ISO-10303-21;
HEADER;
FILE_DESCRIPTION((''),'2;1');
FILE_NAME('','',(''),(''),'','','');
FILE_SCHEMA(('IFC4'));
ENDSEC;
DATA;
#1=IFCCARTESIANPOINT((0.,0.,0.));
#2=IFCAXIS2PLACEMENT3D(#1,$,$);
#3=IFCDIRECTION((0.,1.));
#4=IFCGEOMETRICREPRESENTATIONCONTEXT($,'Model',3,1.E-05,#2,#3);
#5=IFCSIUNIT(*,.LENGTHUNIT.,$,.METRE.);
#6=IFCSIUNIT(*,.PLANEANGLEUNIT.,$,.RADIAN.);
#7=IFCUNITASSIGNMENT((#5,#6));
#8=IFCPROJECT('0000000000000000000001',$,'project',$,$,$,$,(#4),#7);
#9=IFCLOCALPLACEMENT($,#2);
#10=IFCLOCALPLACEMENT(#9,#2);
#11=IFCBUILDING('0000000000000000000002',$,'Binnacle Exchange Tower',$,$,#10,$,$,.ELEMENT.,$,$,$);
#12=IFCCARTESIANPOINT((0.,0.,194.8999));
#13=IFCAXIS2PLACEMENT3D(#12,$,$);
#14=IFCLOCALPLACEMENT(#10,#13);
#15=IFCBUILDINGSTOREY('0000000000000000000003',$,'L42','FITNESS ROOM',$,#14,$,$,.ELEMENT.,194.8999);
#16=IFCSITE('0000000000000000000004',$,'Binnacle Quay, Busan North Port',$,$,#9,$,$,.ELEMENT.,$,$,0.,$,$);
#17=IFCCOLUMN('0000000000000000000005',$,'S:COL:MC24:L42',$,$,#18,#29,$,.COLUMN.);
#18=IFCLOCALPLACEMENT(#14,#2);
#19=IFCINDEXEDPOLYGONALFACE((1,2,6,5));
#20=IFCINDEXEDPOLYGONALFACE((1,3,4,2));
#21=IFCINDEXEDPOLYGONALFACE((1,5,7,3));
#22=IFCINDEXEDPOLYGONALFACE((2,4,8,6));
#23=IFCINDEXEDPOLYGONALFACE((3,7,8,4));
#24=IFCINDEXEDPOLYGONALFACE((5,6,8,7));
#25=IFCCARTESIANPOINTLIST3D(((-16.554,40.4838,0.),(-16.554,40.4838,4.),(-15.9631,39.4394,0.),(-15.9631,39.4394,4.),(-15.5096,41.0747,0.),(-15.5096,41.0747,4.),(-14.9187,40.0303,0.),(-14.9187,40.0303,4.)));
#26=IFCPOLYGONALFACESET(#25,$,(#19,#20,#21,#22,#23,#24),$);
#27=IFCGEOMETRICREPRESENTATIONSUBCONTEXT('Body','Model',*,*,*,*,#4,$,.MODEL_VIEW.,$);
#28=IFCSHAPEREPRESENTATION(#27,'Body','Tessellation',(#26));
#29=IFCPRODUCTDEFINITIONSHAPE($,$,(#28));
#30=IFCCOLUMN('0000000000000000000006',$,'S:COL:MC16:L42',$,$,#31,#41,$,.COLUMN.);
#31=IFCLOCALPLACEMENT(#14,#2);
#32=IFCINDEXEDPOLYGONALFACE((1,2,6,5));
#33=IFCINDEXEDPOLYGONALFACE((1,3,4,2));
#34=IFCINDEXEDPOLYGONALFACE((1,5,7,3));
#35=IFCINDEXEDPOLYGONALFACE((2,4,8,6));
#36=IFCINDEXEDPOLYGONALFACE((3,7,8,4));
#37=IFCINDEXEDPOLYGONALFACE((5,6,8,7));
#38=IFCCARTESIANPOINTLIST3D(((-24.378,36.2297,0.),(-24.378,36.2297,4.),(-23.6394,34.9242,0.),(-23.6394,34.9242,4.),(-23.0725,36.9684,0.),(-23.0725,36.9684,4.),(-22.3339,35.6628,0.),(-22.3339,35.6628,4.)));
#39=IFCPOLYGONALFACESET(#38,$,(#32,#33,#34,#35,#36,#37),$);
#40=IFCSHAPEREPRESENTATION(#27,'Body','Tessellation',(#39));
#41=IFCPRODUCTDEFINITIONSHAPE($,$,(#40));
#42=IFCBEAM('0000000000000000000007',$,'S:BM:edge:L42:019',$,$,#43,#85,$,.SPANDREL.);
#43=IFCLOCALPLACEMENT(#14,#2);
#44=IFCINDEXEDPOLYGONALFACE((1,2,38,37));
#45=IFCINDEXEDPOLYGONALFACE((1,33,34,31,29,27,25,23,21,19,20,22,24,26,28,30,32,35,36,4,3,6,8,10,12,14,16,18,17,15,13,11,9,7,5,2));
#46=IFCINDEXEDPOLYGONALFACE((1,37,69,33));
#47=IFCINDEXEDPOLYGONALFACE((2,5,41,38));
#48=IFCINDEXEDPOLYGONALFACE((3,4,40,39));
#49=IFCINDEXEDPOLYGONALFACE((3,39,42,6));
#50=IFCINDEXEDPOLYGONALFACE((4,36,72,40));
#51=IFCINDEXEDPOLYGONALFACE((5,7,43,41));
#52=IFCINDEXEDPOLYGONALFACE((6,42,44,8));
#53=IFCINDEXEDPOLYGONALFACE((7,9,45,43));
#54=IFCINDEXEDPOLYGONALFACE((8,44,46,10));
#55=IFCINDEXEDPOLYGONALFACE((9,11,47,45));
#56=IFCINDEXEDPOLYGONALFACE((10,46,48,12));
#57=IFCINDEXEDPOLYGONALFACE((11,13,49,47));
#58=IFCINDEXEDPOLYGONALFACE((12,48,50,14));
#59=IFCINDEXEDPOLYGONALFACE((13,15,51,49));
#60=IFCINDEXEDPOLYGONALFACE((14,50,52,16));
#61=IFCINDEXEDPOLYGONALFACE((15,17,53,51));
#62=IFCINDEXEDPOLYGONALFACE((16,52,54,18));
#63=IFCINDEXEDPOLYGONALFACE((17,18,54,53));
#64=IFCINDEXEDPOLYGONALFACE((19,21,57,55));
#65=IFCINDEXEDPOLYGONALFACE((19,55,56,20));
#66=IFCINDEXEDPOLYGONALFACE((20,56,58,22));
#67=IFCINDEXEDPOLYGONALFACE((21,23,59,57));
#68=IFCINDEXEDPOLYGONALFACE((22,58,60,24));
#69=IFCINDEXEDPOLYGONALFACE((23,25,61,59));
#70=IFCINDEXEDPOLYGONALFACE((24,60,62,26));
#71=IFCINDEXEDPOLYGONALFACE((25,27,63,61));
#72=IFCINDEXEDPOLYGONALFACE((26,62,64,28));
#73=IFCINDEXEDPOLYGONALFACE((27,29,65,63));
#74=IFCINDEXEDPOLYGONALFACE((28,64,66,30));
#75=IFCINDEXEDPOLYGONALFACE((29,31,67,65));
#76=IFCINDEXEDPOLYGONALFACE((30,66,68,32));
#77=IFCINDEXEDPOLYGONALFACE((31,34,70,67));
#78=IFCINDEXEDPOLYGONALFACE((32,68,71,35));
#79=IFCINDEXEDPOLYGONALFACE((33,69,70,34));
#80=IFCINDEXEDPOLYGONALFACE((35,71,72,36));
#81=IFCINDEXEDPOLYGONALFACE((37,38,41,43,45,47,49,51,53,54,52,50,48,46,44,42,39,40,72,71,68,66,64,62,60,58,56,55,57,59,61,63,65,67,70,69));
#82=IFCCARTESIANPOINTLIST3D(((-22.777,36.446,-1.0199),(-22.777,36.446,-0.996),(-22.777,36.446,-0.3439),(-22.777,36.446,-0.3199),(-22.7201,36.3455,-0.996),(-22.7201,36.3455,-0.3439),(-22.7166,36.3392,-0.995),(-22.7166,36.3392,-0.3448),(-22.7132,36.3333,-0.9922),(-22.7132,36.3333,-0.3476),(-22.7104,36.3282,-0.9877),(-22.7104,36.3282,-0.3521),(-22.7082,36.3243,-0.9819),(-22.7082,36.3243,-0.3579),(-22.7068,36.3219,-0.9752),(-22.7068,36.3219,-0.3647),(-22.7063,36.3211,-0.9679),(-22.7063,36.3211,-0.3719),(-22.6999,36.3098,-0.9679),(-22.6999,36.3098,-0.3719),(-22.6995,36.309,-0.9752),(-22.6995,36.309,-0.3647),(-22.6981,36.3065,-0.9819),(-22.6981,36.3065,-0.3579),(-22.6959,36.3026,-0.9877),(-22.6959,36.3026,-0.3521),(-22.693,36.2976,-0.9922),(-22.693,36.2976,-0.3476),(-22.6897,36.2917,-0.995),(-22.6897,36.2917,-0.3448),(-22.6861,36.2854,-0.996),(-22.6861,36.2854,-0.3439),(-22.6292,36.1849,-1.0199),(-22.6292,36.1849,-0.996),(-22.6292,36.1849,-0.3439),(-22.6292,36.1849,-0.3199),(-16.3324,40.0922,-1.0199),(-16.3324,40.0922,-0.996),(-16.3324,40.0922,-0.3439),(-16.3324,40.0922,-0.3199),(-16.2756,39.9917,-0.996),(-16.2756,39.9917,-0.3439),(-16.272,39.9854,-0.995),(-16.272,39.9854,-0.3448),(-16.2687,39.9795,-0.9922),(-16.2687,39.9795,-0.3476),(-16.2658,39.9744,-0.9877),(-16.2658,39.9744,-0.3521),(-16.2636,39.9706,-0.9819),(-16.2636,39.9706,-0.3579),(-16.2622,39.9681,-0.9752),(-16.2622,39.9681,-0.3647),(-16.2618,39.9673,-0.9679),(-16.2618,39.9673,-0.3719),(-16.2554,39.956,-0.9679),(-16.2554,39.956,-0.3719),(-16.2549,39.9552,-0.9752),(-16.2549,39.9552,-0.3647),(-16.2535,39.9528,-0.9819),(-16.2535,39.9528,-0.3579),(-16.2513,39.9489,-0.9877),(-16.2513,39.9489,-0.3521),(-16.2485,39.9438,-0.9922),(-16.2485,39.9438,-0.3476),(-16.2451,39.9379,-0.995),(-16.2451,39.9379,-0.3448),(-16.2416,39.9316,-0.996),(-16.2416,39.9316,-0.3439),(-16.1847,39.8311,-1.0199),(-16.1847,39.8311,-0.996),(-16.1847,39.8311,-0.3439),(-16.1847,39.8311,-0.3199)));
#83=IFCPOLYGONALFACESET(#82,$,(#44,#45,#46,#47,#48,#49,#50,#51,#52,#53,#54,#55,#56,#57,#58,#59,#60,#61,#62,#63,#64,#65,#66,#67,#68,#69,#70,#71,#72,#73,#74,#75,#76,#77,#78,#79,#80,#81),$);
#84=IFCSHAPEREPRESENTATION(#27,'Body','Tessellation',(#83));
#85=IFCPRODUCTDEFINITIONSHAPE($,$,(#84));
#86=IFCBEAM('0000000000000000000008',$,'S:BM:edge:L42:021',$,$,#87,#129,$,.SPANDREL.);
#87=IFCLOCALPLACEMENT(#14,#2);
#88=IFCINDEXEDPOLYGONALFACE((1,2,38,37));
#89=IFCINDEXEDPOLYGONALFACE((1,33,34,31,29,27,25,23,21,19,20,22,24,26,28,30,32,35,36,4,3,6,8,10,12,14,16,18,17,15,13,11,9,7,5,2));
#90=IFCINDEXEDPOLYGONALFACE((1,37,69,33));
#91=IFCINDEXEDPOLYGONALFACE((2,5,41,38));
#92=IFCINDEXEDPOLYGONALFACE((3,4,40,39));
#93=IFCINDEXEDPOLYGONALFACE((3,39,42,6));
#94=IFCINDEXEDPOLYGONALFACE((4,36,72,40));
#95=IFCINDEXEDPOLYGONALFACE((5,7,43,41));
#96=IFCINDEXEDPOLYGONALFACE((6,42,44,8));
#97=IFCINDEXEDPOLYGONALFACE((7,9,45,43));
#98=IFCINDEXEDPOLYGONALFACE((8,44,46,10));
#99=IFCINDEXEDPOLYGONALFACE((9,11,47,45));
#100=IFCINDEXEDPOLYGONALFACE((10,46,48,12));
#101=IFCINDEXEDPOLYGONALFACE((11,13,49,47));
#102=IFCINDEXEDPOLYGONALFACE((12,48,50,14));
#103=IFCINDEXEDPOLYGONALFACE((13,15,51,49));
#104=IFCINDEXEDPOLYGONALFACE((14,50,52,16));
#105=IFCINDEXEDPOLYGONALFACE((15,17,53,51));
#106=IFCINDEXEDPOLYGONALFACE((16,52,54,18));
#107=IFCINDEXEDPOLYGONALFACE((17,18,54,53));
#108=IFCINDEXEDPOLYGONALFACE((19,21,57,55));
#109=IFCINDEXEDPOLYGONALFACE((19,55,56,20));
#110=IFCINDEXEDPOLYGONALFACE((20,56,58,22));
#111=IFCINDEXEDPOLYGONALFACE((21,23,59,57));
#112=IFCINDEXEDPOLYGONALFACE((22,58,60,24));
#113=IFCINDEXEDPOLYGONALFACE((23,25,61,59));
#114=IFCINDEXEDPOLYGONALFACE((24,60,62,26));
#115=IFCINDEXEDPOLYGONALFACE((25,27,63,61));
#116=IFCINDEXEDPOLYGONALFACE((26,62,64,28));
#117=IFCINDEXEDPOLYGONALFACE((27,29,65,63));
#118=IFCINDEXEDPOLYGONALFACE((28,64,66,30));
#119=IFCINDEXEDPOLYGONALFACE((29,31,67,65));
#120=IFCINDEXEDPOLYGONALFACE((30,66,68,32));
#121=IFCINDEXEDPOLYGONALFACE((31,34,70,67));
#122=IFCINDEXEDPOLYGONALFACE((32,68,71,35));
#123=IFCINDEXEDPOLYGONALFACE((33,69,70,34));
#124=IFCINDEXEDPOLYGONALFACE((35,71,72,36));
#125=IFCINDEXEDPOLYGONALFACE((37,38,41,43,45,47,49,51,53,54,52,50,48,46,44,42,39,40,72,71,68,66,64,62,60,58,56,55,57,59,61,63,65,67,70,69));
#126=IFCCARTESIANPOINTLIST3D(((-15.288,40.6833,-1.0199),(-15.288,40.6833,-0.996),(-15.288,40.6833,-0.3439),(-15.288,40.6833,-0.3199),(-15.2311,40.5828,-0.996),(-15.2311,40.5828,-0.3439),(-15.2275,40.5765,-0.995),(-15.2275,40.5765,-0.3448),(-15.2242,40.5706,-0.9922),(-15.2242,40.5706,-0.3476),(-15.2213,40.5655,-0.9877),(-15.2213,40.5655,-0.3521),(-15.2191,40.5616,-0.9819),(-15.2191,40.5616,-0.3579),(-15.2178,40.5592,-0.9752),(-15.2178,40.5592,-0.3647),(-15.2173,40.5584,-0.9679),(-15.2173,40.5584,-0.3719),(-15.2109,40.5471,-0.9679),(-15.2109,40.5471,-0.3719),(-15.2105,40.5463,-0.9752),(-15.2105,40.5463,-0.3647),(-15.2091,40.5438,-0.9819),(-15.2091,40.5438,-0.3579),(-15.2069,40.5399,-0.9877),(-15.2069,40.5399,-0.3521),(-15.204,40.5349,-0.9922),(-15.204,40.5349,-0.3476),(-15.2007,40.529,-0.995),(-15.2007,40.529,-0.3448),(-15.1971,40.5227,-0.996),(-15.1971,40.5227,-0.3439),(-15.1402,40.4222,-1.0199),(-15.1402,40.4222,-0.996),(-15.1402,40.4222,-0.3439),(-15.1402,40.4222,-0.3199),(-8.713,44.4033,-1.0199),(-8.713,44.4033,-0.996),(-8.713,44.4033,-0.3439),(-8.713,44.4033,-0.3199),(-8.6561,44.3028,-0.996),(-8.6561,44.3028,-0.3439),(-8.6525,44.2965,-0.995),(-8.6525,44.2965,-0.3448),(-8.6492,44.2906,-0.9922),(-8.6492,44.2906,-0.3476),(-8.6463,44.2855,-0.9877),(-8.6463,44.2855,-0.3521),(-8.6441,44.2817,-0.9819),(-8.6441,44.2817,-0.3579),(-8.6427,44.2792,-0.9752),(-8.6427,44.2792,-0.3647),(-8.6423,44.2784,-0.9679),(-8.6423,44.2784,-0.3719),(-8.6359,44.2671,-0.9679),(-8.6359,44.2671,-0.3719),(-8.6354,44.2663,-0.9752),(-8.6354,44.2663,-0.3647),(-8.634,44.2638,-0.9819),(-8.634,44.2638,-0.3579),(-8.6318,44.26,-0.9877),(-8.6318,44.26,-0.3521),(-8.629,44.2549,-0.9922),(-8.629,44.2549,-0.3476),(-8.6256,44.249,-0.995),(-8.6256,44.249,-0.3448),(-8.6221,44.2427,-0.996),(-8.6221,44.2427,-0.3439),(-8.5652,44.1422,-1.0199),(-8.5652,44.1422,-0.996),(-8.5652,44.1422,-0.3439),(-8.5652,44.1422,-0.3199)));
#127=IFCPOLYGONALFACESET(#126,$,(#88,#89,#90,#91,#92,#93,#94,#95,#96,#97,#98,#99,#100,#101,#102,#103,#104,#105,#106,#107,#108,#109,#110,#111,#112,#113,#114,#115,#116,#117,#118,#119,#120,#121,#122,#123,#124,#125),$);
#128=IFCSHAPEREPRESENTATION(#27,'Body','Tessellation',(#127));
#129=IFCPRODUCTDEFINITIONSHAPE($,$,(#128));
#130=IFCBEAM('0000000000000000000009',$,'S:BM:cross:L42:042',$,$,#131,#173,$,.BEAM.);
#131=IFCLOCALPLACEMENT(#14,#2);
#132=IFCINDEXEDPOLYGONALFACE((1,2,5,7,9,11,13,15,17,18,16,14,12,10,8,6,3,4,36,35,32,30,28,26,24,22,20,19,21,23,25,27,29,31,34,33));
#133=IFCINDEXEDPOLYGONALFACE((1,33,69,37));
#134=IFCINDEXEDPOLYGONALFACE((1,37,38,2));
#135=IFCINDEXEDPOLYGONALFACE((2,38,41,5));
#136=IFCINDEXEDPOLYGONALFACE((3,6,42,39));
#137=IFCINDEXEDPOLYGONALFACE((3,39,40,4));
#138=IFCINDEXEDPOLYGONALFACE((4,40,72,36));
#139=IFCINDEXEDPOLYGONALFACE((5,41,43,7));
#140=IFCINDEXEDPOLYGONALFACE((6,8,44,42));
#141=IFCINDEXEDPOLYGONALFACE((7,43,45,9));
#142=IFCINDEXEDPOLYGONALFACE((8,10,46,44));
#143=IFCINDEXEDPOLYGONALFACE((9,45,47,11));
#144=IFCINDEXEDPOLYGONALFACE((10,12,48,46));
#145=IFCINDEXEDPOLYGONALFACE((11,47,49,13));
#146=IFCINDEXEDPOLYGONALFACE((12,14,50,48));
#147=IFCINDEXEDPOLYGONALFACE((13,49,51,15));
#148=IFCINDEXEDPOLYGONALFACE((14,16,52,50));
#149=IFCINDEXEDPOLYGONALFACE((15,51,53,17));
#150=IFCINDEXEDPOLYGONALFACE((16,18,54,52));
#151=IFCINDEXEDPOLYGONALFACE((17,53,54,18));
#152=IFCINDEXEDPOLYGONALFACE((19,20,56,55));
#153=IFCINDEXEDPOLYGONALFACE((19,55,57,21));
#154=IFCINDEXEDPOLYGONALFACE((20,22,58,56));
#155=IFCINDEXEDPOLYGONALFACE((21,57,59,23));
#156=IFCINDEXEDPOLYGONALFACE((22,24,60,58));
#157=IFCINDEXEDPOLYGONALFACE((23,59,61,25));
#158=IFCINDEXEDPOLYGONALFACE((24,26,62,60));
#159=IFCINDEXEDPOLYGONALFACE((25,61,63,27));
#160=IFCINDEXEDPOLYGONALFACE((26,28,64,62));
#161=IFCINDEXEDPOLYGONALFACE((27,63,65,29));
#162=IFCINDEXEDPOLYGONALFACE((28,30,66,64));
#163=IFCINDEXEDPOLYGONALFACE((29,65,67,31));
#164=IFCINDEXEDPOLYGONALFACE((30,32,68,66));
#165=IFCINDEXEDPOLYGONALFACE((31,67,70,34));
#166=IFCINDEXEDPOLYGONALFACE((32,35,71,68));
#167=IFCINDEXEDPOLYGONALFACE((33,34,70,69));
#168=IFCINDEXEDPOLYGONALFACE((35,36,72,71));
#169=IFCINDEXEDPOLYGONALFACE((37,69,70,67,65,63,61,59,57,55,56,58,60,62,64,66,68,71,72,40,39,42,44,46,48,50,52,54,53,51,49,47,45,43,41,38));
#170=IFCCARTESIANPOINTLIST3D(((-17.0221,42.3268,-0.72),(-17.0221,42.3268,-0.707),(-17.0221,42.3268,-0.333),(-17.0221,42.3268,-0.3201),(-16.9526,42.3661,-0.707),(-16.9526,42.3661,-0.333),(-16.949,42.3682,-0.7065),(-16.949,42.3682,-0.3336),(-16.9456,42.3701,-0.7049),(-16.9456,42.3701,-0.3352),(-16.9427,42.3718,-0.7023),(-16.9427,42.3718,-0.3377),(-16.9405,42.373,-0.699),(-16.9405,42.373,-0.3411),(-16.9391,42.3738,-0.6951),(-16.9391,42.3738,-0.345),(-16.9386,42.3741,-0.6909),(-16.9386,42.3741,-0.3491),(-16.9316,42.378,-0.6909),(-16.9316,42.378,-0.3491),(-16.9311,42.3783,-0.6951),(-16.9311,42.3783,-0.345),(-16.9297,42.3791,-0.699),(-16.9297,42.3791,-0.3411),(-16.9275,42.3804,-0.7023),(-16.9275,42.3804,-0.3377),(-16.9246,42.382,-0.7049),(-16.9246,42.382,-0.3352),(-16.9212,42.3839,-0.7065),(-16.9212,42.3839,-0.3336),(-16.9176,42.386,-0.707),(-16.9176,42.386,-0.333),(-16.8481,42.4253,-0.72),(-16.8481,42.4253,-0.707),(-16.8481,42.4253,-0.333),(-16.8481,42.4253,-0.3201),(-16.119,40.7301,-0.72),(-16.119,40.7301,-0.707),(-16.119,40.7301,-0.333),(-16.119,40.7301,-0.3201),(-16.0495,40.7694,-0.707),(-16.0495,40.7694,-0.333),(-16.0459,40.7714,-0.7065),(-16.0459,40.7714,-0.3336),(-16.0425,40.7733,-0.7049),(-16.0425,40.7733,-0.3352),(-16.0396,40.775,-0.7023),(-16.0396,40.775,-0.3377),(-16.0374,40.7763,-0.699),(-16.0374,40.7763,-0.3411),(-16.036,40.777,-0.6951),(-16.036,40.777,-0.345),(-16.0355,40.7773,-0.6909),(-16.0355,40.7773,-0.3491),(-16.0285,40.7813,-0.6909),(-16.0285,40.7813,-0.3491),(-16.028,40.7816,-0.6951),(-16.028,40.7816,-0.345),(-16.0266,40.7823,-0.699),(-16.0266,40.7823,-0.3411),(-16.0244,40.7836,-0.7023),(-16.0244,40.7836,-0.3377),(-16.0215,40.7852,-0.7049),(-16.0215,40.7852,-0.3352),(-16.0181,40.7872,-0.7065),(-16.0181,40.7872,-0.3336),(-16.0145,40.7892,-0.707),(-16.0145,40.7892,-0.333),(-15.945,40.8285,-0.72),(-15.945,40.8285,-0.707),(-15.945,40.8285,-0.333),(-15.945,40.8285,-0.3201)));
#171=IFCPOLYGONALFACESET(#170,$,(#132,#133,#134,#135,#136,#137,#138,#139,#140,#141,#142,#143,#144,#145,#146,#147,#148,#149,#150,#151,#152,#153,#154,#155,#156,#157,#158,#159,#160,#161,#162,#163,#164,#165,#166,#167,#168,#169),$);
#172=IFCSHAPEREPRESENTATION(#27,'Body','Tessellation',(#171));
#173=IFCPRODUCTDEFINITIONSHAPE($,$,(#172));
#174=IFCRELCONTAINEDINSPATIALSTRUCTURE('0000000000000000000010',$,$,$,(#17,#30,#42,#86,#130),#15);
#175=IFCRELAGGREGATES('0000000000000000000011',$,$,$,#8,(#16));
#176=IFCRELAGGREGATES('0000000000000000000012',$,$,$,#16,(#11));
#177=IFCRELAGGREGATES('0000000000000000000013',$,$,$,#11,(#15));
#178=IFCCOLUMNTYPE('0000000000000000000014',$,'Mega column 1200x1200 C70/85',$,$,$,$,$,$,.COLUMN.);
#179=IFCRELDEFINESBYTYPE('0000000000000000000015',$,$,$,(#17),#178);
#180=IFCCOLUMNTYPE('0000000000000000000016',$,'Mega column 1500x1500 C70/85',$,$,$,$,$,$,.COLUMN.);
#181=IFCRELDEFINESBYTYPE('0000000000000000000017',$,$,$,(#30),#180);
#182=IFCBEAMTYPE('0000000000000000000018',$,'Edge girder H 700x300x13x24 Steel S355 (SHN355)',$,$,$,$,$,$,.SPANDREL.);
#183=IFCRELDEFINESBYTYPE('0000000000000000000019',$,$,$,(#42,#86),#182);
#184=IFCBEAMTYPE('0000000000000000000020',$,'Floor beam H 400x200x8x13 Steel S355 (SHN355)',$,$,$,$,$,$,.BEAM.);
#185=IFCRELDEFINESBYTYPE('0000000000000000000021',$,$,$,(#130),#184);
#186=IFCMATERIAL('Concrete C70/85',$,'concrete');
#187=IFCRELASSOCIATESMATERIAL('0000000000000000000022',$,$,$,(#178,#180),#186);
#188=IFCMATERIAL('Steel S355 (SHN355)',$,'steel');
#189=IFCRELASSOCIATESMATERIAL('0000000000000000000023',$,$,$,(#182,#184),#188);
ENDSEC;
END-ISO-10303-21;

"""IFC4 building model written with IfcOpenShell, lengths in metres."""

from ifc_helpers import new_model, si_unit, direction, frame, origin, origin_2d, place, context, subcontext, project, spatial, rectangle, i_section, extrude, material, material_profile, profile_set, type_object, element, save


model = new_model("IFC4")

# Units and contexts
model_context = context("Model", 3, precision=1e-05, world=origin(), true_north=direction((0.0, 1.0)))
body_context = subcontext(model_context, "Body", "Model", "MODEL_VIEW")
ifc_project = project(units=[si_unit("LENGTHUNIT", "METRE"), si_unit("PLANEANGLEUNIT", "RADIAN")], contexts=[model_context])

# Site, building, storey
site_placement = place(None, origin())
site = spatial("IfcSite", under=ifc_project, at=site_placement, Name="Binnacle Quay, Busan North Port", CompositionType="ELEMENT", RefElevation=0.0)
building_placement = place(site_placement, origin())
building = spatial("IfcBuilding", under=site, at=building_placement, Name="Binnacle Exchange Tower", CompositionType="ELEMENT")
storey_placement = place(building_placement, frame((0.0, 0.0, 194.8999)))
storey = spatial("IfcBuildingStorey", under=building, at=storey_placement, Name="L42", Description="FITNESS ROOM", CompositionType="ELEMENT", Elevation=194.8999)

# Columns
ifc_material_1 = material(Name="Concrete C70/85", Category="concrete")
ifc_material_profile_1 = material_profile(ifc_material_1, rectangle(XDim=1.2, YDim=1.2, at=origin_2d()), Name="Mega column 1200x1200 C70/85")
ifc_profile_set_1 = profile_set([ifc_material_profile_1], Name="Concrete C70/85")
column_type_1 = type_object("IfcColumnType", Name="Mega column 1200x1200 C70/85", PredefinedType="COLUMN", material=ifc_profile_set_1)
column_1_placement = place(storey_placement, frame((-15.7363, 40.2571, 0.0), z_axis=(0.0, 0.0, 1.0), x_axis=(0.870356, 0.492424, 0.0)))
element("IfcColumn", 1, at=column_1_placement, inside=storey, type_object=column_type_1, Name="S:COL:MC24:L42", PredefinedType="COLUMN", context=body_context, shape_type="SweptSolid", body=[
    extrude(rectangle(XDim=1.2, YDim=1.2, at=origin_2d()), origin(), (0.0, 0.0, 1.0), 4.0),
])
ifc_material_profile_2 = material_profile(ifc_material_1, rectangle(XDim=1.5, YDim=1.5, at=origin_2d()), Name="Mega column 1500x1500 C70/85")
ifc_profile_set_2 = profile_set([ifc_material_profile_2], Name="Concrete C70/85")
column_type_2 = type_object("IfcColumnType", Name="Mega column 1500x1500 C70/85", PredefinedType="COLUMN", material=ifc_profile_set_2)
column_2_placement = place(storey_placement, frame((-23.356, 35.9463, 0.0), z_axis=(0.0, 0.0, 1.0), x_axis=(0.870356, 0.492424, 0.0)))
element("IfcColumn", 2, at=column_2_placement, inside=storey, type_object=column_type_2, Name="S:COL:MC16:L42", PredefinedType="COLUMN", context=body_context, shape_type="SweptSolid", body=[
    extrude(rectangle(XDim=1.5, YDim=1.5, at=origin_2d()), origin(), (0.0, 0.0, 1.0), 4.0),
])

# Beams
ifc_material_2 = material(Name="Steel S355 (SHN355)", Category="steel")
ifc_material_profile_3 = material_profile(ifc_material_2, i_section(OverallWidth=0.3, OverallDepth=0.7, WebThickness=0.0129, FlangeThickness=0.0239, FilletRadius=0.0281, at=origin_2d()), Name="H 700x300x13x24")
ifc_profile_set_3 = profile_set([ifc_material_profile_3], Name="Steel S355 (SHN355)")
beam_type_1 = type_object("IfcBeamType", Name="Edge girder H 700x300x13x24 Steel S355 (SHN355)", PredefinedType="SPANDREL", material=ifc_profile_set_3)
beam_1_placement = place(storey_placement, frame((-22.7031, 36.3154, -0.6699), z_axis=(0.870352, 0.492431, 0.0), x_axis=(-0.492431, 0.870352, 0.0)))
element("IfcBeam", 3, at=beam_1_placement, inside=storey, type_object=beam_type_1, Name="S:BM:edge:L42:019", PredefinedType="SPANDREL", context=body_context, shape_type="SweptSolid", body=[
    extrude(i_section(OverallWidth=0.3, OverallDepth=0.7, WebThickness=0.0129, FlangeThickness=0.0239, FilletRadius=0.0281, at=origin_2d()), origin(), (0.0, 0.0, 1.0), 7.4045),
])
beam_2_placement = place(storey_placement, frame((-15.2141, 40.5527, -0.6699), z_axis=(0.870353, 0.492428, 0.0), x_axis=(-0.492428, 0.870353, 0.0)))
element("IfcBeam", 4, at=beam_2_placement, inside=storey, type_object=beam_type_1, Name="S:BM:edge:L42:021", PredefinedType="SPANDREL", context=body_context, shape_type="SweptSolid", body=[
    extrude(i_section(OverallWidth=0.3, OverallDepth=0.7, WebThickness=0.0129, FlangeThickness=0.0239, FilletRadius=0.0281, at=origin_2d()), origin(), (0.0, 0.0, 1.0), 7.5544),
])
ifc_material_profile_4 = material_profile(ifc_material_2, i_section(OverallWidth=0.2, OverallDepth=0.3999, WebThickness=0.0081, FlangeThickness=0.0129, FilletRadius=0.0161, at=origin_2d()), Name="H 400x200x8x13")
ifc_profile_set_4 = profile_set([ifc_material_profile_4], Name="Steel S355 (SHN355)")
beam_type_2 = type_object("IfcBeamType", Name="Floor beam H 400x200x8x13 Steel S355 (SHN355)", PredefinedType="BEAM", material=ifc_profile_set_4)
beam_3_placement = place(storey_placement, frame((-16.032, 40.7793, -0.52), z_axis=(-0.492307, 0.870422, 0.0), x_axis=(-0.870422, -0.492307, 0.0)))
element("IfcBeam", 5, at=beam_3_placement, inside=storey, type_object=beam_type_2, Name="S:BM:cross:L42:042", PredefinedType="BEAM", context=body_context, shape_type="SweptSolid", body=[
    extrude(i_section(OverallWidth=0.2, OverallDepth=0.3999, WebThickness=0.0081, FlangeThickness=0.0129, FilletRadius=0.0161, at=origin_2d()), origin(), (0.0, 0.0, 1.0), 1.8345),
])

save(model, "model.ifc")
